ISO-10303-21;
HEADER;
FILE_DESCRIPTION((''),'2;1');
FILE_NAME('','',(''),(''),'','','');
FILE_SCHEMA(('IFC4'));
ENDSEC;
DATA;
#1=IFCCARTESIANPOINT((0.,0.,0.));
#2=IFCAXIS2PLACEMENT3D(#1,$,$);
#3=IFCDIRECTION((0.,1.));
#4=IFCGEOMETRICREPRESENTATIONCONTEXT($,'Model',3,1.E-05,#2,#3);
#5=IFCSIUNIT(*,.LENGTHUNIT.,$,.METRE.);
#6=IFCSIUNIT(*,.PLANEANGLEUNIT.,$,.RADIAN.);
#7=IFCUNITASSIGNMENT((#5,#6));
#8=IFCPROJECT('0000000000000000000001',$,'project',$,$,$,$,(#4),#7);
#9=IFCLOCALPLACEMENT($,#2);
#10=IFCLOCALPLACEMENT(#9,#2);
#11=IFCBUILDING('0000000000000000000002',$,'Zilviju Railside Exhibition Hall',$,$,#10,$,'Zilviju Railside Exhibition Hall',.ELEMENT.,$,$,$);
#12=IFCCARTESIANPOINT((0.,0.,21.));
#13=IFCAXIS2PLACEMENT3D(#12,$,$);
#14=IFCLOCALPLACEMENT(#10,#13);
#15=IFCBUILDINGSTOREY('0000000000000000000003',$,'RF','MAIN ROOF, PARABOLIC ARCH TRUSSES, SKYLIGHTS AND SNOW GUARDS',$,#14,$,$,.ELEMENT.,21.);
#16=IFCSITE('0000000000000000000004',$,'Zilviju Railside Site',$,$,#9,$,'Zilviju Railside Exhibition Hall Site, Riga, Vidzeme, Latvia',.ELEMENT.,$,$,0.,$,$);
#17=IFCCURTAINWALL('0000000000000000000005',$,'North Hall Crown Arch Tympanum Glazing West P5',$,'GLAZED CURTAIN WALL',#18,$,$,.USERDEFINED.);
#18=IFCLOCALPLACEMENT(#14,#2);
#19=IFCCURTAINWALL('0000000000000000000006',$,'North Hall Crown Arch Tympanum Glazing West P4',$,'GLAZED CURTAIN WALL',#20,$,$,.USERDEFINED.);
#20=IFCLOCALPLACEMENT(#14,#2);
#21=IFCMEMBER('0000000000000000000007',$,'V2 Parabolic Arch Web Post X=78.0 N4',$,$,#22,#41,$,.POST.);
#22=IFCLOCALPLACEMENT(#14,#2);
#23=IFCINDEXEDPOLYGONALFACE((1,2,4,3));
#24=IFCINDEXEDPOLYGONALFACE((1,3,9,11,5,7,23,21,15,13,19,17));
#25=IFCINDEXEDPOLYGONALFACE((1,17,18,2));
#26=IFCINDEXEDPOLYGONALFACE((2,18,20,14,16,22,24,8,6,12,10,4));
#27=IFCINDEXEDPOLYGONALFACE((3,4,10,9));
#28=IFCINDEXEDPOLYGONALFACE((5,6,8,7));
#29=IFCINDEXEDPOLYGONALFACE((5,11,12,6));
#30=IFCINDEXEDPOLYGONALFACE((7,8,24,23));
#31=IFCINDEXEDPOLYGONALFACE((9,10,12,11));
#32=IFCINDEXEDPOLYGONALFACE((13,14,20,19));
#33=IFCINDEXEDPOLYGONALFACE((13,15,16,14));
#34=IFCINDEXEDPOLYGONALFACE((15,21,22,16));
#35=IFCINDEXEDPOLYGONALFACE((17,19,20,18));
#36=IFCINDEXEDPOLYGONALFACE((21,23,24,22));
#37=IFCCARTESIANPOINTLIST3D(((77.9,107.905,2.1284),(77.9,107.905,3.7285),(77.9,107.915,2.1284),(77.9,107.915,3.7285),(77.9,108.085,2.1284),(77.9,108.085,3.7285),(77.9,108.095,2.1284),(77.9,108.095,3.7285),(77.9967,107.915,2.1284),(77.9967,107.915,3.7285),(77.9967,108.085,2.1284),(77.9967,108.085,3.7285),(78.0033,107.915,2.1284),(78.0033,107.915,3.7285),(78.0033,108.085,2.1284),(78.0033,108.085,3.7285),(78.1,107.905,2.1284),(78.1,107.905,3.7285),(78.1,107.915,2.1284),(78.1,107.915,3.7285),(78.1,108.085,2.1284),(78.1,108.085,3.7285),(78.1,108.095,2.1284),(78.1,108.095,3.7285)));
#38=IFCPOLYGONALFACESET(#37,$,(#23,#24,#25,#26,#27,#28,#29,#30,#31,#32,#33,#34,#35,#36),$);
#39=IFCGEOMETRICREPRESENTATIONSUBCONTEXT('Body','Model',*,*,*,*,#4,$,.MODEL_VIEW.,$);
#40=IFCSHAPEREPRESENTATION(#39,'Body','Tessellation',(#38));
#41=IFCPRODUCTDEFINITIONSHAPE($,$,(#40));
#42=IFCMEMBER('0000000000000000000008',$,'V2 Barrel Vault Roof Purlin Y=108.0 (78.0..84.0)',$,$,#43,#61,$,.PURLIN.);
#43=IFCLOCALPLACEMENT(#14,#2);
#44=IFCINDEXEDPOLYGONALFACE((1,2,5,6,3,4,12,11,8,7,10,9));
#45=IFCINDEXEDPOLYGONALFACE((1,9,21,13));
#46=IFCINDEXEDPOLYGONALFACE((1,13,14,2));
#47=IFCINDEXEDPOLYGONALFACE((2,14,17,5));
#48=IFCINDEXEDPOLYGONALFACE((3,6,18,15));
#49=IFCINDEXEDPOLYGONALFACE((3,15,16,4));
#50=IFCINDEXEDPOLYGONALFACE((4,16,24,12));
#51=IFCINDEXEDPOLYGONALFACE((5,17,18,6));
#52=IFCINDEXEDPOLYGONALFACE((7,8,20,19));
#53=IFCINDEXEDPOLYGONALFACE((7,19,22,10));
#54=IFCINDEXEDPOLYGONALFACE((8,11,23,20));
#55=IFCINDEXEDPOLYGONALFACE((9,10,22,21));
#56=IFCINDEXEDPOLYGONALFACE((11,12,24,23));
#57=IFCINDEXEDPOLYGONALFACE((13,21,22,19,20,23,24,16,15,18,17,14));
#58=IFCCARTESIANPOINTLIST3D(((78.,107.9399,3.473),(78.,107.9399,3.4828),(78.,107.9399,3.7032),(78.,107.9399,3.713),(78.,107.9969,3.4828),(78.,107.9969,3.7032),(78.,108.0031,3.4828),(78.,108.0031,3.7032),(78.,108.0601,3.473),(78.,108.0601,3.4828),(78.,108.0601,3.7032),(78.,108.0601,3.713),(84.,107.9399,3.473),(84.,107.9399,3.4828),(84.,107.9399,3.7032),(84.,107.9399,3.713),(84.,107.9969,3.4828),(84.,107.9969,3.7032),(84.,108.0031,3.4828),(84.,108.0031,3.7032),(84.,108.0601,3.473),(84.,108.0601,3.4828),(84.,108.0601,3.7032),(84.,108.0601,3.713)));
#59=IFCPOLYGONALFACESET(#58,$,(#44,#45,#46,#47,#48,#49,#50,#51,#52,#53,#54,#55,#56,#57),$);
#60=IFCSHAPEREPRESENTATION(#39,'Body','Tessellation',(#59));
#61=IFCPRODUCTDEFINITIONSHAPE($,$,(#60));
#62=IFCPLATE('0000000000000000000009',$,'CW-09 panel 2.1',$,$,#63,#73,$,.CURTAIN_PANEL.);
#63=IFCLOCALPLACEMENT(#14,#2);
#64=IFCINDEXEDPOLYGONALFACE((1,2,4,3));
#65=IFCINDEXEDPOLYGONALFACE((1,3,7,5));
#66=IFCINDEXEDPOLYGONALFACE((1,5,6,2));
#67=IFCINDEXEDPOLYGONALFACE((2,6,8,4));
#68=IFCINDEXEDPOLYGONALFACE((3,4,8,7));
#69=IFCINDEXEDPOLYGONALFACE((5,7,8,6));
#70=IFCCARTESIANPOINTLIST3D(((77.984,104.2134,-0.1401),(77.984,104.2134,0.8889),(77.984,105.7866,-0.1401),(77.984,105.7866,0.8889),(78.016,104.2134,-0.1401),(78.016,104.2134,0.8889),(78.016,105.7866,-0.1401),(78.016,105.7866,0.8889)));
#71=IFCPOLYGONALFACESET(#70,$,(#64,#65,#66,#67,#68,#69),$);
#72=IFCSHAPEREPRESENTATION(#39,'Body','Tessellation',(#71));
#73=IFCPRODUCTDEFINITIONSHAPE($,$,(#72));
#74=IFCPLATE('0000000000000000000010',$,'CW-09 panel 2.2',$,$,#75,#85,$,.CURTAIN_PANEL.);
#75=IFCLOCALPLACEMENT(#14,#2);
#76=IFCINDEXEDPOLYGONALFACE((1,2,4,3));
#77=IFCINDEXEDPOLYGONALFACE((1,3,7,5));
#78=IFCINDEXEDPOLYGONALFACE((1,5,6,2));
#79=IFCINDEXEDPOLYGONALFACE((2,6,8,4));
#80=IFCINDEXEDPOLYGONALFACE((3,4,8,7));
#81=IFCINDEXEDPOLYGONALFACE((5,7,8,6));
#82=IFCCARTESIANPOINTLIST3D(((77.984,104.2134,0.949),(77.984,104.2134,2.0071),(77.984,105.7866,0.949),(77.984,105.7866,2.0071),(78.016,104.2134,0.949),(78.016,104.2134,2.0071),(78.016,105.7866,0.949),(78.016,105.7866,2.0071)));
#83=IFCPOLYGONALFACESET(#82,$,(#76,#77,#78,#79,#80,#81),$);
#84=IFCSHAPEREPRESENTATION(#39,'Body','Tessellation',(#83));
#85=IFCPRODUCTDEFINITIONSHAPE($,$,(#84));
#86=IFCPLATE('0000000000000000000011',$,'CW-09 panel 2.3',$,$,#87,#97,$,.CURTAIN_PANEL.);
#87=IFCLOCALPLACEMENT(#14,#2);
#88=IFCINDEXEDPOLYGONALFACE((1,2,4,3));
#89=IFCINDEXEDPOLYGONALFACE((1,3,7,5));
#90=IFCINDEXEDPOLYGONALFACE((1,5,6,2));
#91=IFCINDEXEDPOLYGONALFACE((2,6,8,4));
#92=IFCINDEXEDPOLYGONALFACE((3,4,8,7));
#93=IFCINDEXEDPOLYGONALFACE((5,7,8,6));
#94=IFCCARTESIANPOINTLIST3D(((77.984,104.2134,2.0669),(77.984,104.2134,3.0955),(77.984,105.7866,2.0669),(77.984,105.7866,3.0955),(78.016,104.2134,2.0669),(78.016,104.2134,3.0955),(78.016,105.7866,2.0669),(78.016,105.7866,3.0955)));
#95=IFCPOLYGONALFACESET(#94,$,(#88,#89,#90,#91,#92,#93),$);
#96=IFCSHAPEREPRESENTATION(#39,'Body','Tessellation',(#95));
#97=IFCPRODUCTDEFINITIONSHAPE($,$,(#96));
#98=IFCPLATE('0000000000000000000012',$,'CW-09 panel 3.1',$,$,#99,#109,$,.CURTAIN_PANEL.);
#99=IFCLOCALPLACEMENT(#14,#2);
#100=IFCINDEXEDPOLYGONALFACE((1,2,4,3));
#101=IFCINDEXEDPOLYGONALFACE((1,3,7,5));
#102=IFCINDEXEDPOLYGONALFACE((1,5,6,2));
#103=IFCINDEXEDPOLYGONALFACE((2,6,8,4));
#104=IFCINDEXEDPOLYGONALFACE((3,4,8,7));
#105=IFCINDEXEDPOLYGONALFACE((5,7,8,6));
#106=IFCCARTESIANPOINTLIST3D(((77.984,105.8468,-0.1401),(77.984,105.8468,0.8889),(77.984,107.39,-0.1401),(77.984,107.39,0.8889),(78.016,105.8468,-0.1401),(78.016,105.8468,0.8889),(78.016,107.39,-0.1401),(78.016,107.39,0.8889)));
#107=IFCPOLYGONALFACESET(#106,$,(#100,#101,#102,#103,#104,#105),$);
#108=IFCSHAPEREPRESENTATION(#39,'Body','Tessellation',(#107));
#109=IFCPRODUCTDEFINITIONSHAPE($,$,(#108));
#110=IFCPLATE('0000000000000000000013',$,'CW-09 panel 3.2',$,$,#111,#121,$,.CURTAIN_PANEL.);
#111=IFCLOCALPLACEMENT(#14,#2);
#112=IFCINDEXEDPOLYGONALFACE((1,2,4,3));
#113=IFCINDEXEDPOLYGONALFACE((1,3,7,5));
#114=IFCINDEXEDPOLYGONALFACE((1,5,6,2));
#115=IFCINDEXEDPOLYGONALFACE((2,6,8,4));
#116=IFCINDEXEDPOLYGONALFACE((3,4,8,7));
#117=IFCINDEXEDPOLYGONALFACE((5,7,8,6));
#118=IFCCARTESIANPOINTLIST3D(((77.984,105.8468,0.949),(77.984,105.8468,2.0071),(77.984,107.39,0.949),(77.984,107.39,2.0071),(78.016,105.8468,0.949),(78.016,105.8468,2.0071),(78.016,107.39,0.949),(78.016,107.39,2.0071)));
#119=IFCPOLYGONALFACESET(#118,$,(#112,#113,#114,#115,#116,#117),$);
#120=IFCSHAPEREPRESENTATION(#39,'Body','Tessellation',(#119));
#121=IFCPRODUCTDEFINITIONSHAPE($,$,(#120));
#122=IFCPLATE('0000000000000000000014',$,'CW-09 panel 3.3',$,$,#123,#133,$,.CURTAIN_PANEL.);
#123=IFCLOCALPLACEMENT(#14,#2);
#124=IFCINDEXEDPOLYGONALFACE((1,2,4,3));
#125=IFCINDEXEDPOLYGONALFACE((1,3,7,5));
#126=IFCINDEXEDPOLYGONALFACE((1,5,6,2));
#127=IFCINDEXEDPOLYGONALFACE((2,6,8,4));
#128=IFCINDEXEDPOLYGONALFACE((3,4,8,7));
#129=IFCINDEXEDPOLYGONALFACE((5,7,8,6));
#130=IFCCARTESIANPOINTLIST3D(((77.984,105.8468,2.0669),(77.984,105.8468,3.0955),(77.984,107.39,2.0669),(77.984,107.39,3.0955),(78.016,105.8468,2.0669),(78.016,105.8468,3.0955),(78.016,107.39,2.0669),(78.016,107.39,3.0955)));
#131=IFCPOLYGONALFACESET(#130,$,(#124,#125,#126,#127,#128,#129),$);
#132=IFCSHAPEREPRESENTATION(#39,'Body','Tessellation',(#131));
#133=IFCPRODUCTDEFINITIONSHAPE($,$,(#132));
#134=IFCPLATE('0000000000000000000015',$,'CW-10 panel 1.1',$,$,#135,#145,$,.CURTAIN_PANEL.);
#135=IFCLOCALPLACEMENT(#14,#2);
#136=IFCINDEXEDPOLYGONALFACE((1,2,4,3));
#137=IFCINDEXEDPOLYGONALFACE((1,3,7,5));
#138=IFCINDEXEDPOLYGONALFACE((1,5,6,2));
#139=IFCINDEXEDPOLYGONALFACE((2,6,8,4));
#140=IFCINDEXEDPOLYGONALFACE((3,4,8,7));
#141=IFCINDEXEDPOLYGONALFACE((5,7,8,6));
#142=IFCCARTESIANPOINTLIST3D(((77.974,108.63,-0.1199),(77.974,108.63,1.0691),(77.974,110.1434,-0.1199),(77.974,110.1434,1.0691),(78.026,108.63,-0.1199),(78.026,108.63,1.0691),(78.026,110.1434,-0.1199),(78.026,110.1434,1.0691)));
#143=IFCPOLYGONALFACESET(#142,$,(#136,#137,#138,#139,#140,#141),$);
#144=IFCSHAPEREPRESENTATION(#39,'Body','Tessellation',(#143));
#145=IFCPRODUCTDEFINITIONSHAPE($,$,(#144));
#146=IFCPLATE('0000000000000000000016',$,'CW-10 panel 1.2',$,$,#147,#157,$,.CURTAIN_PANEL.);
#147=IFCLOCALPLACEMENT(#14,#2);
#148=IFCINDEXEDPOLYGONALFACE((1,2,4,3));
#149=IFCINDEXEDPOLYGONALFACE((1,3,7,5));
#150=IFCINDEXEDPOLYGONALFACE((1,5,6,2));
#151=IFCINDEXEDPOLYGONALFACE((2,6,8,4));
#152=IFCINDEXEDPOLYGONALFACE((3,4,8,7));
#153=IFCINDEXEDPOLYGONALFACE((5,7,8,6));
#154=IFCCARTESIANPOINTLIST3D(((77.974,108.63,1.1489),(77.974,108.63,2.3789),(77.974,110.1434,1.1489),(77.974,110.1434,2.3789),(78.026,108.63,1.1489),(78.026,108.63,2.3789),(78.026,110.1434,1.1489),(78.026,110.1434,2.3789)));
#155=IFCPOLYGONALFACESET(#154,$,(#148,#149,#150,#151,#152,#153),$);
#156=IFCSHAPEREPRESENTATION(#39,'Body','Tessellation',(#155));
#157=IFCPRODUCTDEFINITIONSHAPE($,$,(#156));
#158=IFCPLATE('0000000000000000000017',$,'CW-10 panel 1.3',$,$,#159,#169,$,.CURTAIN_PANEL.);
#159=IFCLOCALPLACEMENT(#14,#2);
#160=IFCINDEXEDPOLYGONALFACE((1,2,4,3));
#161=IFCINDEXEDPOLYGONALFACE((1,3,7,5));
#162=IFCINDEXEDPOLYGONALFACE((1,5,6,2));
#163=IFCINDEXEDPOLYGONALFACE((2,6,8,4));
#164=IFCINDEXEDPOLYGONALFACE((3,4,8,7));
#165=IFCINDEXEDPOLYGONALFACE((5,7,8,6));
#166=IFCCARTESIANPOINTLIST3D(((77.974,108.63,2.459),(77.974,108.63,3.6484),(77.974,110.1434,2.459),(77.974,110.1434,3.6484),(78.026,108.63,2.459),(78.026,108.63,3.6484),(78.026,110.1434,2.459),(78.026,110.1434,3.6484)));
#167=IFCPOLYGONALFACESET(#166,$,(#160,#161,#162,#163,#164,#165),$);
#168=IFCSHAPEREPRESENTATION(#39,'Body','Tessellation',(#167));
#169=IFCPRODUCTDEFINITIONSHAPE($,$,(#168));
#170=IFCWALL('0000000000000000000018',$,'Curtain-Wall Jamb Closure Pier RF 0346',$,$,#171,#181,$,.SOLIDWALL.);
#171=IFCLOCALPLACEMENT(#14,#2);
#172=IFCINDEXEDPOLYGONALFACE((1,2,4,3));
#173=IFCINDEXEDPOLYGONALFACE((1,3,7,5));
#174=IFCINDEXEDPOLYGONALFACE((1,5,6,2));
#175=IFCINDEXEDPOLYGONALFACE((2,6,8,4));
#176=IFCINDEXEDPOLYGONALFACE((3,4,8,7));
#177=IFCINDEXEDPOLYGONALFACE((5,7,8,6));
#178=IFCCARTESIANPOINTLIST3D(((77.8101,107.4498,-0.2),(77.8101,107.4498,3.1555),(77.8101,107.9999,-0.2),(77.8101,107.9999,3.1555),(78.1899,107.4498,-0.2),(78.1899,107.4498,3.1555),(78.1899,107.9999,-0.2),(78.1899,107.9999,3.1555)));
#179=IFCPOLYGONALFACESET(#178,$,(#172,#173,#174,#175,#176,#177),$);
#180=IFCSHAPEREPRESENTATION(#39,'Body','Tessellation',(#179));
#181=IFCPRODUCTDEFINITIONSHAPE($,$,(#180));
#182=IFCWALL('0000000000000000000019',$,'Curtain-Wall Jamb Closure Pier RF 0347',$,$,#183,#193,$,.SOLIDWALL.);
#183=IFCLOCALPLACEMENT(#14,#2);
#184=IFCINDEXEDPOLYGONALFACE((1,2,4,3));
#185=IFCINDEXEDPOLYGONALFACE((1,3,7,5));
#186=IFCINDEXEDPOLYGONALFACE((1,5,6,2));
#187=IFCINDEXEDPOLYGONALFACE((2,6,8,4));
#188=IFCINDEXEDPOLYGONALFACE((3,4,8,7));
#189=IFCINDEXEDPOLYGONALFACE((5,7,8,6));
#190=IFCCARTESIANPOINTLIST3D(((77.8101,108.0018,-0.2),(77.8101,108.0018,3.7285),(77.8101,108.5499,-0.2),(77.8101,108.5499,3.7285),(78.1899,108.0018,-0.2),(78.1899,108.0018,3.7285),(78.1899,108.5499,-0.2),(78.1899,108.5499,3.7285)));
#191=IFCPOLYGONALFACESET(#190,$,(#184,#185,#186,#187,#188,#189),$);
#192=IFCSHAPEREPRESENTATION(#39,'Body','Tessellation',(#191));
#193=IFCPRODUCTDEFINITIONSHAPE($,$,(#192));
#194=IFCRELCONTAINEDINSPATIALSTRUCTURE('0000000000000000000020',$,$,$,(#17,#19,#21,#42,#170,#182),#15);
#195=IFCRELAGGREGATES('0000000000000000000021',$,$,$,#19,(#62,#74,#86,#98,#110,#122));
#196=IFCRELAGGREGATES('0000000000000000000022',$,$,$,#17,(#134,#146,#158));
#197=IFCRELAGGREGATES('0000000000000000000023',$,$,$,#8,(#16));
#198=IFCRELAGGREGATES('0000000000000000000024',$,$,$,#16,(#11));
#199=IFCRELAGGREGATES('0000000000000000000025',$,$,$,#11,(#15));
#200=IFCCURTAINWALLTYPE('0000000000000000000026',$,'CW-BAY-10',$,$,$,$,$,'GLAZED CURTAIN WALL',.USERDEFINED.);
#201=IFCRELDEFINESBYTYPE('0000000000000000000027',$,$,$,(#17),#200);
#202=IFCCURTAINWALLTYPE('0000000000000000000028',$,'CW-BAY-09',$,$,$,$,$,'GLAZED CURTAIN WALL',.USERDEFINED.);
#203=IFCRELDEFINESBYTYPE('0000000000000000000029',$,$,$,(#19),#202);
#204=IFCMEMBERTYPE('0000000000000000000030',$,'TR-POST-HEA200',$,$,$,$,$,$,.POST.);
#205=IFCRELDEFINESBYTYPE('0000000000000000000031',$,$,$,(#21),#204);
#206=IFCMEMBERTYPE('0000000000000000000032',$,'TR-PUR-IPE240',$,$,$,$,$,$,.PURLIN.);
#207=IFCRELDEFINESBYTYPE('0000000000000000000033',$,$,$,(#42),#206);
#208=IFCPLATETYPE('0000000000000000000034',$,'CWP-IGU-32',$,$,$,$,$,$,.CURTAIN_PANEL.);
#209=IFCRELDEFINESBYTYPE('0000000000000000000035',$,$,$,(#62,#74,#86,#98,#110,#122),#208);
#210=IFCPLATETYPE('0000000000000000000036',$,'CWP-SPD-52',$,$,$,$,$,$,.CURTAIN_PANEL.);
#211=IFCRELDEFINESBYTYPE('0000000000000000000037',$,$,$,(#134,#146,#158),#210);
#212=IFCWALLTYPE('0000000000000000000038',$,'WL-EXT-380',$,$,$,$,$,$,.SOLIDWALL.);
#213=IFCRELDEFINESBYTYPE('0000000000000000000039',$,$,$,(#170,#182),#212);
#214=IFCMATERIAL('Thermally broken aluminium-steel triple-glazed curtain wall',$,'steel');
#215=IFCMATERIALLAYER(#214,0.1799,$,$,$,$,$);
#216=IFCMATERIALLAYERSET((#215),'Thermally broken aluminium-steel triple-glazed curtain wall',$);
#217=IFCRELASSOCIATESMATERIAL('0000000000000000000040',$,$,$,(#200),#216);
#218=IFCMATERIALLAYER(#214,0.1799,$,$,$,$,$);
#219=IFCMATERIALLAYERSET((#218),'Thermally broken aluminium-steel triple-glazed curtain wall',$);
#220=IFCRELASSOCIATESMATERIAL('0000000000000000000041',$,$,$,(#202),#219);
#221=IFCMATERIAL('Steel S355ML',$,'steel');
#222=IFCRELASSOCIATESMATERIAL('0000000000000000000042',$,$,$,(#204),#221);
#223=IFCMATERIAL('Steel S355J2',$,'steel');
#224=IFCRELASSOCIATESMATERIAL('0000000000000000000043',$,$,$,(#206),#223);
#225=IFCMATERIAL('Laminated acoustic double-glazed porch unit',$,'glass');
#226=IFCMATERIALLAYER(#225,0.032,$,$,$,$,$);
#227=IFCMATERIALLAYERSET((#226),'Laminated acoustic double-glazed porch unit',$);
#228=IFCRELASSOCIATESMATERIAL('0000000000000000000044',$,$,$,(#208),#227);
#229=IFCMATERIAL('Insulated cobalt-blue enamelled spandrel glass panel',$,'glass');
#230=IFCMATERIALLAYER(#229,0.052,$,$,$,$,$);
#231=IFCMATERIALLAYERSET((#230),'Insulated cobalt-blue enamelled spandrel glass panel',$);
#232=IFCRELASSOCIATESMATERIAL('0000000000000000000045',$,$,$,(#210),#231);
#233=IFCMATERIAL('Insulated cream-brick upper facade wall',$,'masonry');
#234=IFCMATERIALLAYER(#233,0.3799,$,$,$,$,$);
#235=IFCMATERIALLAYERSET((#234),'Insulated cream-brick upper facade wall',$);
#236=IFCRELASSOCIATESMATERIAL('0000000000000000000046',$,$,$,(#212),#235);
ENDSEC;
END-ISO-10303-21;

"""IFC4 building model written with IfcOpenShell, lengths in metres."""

from ifc_helpers import new_model, si_unit, direction, frame, frame_2d, origin, origin_2d, place, context, subcontext, project, spatial, rectangle, i_section, extrude, material, layer, layer_set, material_profile, profile_set, type_object, element, aggregate, save


model = new_model("IFC4")

# Units and contexts
model_context = context("Model", 3, precision=1e-05, world=origin(), true_north=direction((0.0, 1.0)))
body_context = subcontext(model_context, "Body", "Model", "MODEL_VIEW")
ifc_project = project(units=[si_unit("LENGTHUNIT", "METRE"), si_unit("PLANEANGLEUNIT", "RADIAN")], contexts=[model_context])

# Site, building, storey
site_placement = place(None, origin())
site = spatial("IfcSite", under=ifc_project, at=site_placement, Name="Zilviju Railside Site", LongName="Zilviju Railside Exhibition Hall Site, Riga, Vidzeme, Latvia", CompositionType="ELEMENT", RefElevation=0.0)
building_placement = place(site_placement, origin())
building = spatial("IfcBuilding", under=site, at=building_placement, Name="Zilviju Railside Exhibition Hall", LongName="Zilviju Railside Exhibition Hall", CompositionType="ELEMENT")
storey_placement = place(building_placement, frame((0.0, 0.0, 21.0)))
storey = spatial("IfcBuildingStorey", under=building, at=storey_placement, Name="RF", Description="MAIN ROOF, PARABOLIC ARCH TRUSSES, SKYLIGHTS AND SNOW GUARDS", CompositionType="ELEMENT", Elevation=21.0)

# Curtain wall
ifc_material_1 = material(Name="Thermally broken aluminium-steel triple-glazed curtain wall", Category="steel")
ifc_layer_1 = layer(ifc_material_1, 0.1799)
ifc_layer_set_1 = layer_set([ifc_layer_1], Name="Thermally broken aluminium-steel triple-glazed curtain wall")
curtain_wall_type_1 = type_object("IfcCurtainWallType", Name="CW-BAY-10", ElementType="GLAZED CURTAIN WALL", PredefinedType="USERDEFINED", material=ifc_layer_set_1)
curtain_wall_1_placement = place(storey_placement, origin())
curtain_wall_1 = element("IfcCurtainWall", 1, at=curtain_wall_1_placement, inside=storey, type_object=curtain_wall_type_1, Name="North Hall Crown Arch Tympanum Glazing West P5", ObjectType="GLAZED CURTAIN WALL", PredefinedType="USERDEFINED")

# Curtain wall
ifc_layer_2 = layer(ifc_material_1, 0.1799)
ifc_layer_set_2 = layer_set([ifc_layer_2], Name="Thermally broken aluminium-steel triple-glazed curtain wall")
curtain_wall_type_2 = type_object("IfcCurtainWallType", Name="CW-BAY-09", ElementType="GLAZED CURTAIN WALL", PredefinedType="USERDEFINED", material=ifc_layer_set_2)
curtain_wall_2_placement = place(storey_placement, origin())
curtain_wall_2 = element("IfcCurtainWall", 2, at=curtain_wall_2_placement, inside=storey, type_object=curtain_wall_type_2, Name="North Hall Crown Arch Tympanum Glazing West P4", ObjectType="GLAZED CURTAIN WALL", PredefinedType="USERDEFINED")

# Members
ifc_material_2 = material(Name="Steel S355J2", Category="steel")
ifc_material_3 = material(Name="Steel S355ML", Category="steel")
ifc_material_profile_1 = material_profile(ifc_material_3, i_section(OverallWidth=0.2, OverallDepth=0.1899, WebThickness=0.0066, FlangeThickness=0.01, at=origin_2d()), Name="HEA 200")
ifc_profile_set_1 = profile_set([ifc_material_profile_1], Name="Steel S355ML")
member_type_1 = type_object("IfcMemberType", Name="TR-POST-HEA200", PredefinedType="POST", material=ifc_profile_set_1)
member_1_placement = place(storey_placement, frame((78.0, 108.0, 2.1284), z_axis=(0.0, 0.0, 1.0), x_axis=(1.0, 0.0, 0.0)))
element("IfcMember", 3, at=member_1_placement, inside=storey, type_object=member_type_1, Name="V2 Parabolic Arch Web Post X=78.0 N4", PredefinedType="POST", context=body_context, shape_type="SweptSolid", body=[
    extrude(i_section(OverallWidth=0.2, OverallDepth=0.1899, WebThickness=0.0066, FlangeThickness=0.01, at=origin_2d()), origin(), (0.0, 0.0, 1.0), 1.6001),
])
ifc_material_profile_2 = material_profile(ifc_material_2, i_section(OverallWidth=0.1201, OverallDepth=0.24, WebThickness=0.0061, FlangeThickness=0.0098, at=origin_2d()), Name="IPE 240")
ifc_profile_set_2 = profile_set([ifc_material_profile_2], Name="Steel S355J2")
member_type_2 = type_object("IfcMemberType", Name="TR-PUR-IPE240", PredefinedType="PURLIN", material=ifc_profile_set_2)
member_2_placement = place(storey_placement, frame((78.0, 108.0, 3.593), z_axis=(1.0, 0.0, 0.0), x_axis=(0.0, 1.0, 0.0)))
element("IfcMember", 4, at=member_2_placement, inside=storey, type_object=member_type_2, Name="V2 Barrel Vault Roof Purlin Y=108.0 (78.0..84.0)", PredefinedType="PURLIN", context=body_context, shape_type="SweptSolid", body=[
    extrude(i_section(OverallWidth=0.1201, OverallDepth=0.24, WebThickness=0.0061, FlangeThickness=0.0098, at=origin_2d()), origin(), (0.0, 0.0, 1.0), 6.0),
])

# Plates
ifc_material_4 = material(Name="Laminated acoustic double-glazed porch unit", Category="glass")
ifc_layer_3 = layer(ifc_material_4, 0.032)
ifc_layer_set_3 = layer_set([ifc_layer_3], Name="Laminated acoustic double-glazed porch unit")
plate_type_1 = type_object("IfcPlateType", Name="CWP-IGU-32", PredefinedType="CURTAIN_PANEL", material=ifc_layer_set_3)
plate_1_placement = place(storey_placement, frame((78.0, 105.0, -0.1401), z_axis=(0.0, 0.0, 1.0), x_axis=(0.0, 1.0, 0.0)))
plate_1 = element("IfcPlate", 5, at=plate_1_placement, type_object=plate_type_1, Name="CW-09 panel 2.1", PredefinedType="CURTAIN_PANEL", context=body_context, shape_type="SweptSolid", body=[
    extrude(rectangle(XDim=1.5732, YDim=0.032, at=origin_2d()), origin(), (0.0, 0.0, 1.0), 1.0291),
])
plate_2_placement = place(storey_placement, frame((78.0, 105.0, 0.949), z_axis=(0.0, 0.0, 1.0), x_axis=(0.0, 1.0, 0.0)))
plate_2 = element("IfcPlate", 6, at=plate_2_placement, type_object=plate_type_1, Name="CW-09 panel 2.2", PredefinedType="CURTAIN_PANEL", context=body_context, shape_type="SweptSolid", body=[
    extrude(rectangle(XDim=1.5732, YDim=0.032, at=origin_2d()), origin(), (0.0, 0.0, 1.0), 1.0581),
])
plate_3_placement = place(storey_placement, frame((78.0, 105.0, 2.0669), z_axis=(0.0, 0.0, 1.0), x_axis=(0.0, 1.0, 0.0)))
plate_3 = element("IfcPlate", 7, at=plate_3_placement, type_object=plate_type_1, Name="CW-09 panel 2.3", PredefinedType="CURTAIN_PANEL", context=body_context, shape_type="SweptSolid", body=[
    extrude(rectangle(XDim=1.5732, YDim=0.032, at=origin_2d()), origin(), (0.0, 0.0, 1.0), 1.0286),
])
plate_4_placement = place(storey_placement, frame((78.0, 106.6184, -0.1401), z_axis=(0.0, 0.0, 1.0), x_axis=(0.0, 1.0, 0.0)))
plate_4 = element("IfcPlate", 8, at=plate_4_placement, type_object=plate_type_1, Name="CW-09 panel 3.1", PredefinedType="CURTAIN_PANEL", context=body_context, shape_type="SweptSolid", body=[
    extrude(rectangle(XDim=1.5432, YDim=0.032, at=origin_2d()), origin(), (0.0, 0.0, 1.0), 1.0291),
])
plate_5_placement = place(storey_placement, frame((78.0, 106.6184, 0.949), z_axis=(0.0, 0.0, 1.0), x_axis=(0.0, 1.0, 0.0)))
plate_5 = element("IfcPlate", 9, at=plate_5_placement, type_object=plate_type_1, Name="CW-09 panel 3.2", PredefinedType="CURTAIN_PANEL", context=body_context, shape_type="SweptSolid", body=[
    extrude(rectangle(XDim=1.5432, YDim=0.032, at=origin_2d()), origin(), (0.0, 0.0, 1.0), 1.0581),
])
plate_6_placement = place(storey_placement, frame((78.0, 106.6184, 2.0669), z_axis=(0.0, 0.0, 1.0), x_axis=(0.0, 1.0, 0.0)))
plate_6 = element("IfcPlate", 10, at=plate_6_placement, type_object=plate_type_1, Name="CW-09 panel 3.3", PredefinedType="CURTAIN_PANEL", context=body_context, shape_type="SweptSolid", body=[
    extrude(rectangle(XDim=1.5432, YDim=0.032, at=origin_2d()), origin(), (0.0, 0.0, 1.0), 1.0286),
])
aggregate(curtain_wall_2, [plate_1, plate_2, plate_3, plate_4, plate_5, plate_6])
ifc_material_5 = material(Name="Insulated cobalt-blue enamelled spandrel glass panel", Category="glass")
ifc_layer_4 = layer(ifc_material_5, 0.052)
ifc_layer_set_4 = layer_set([ifc_layer_4], Name="Insulated cobalt-blue enamelled spandrel glass panel")
plate_type_2 = type_object("IfcPlateType", Name="CWP-SPD-52", PredefinedType="CURTAIN_PANEL", material=ifc_layer_set_4)
plate_7_placement = place(storey_placement, frame((78.0, 109.3867, -0.1199), z_axis=(0.0, 0.0, 1.0), x_axis=(0.0, 1.0, 0.0)))
plate_7 = element("IfcPlate", 11, at=plate_7_placement, type_object=plate_type_2, Name="CW-10 panel 1.1", PredefinedType="CURTAIN_PANEL", context=body_context, shape_type="SweptSolid", body=[
    extrude(rectangle(XDim=1.5134, YDim=0.052, at=origin_2d()), origin(), (0.0, 0.0, 1.0), 1.189),
])
plate_8_placement = place(storey_placement, frame((78.0, 109.3867, 1.1489), z_axis=(0.0, 0.0, 1.0), x_axis=(0.0, 1.0, 0.0)))
plate_8 = element("IfcPlate", 12, at=plate_8_placement, type_object=plate_type_2, Name="CW-10 panel 1.2", PredefinedType="CURTAIN_PANEL", context=body_context, shape_type="SweptSolid", body=[
    extrude(rectangle(XDim=1.5134, YDim=0.052, at=origin_2d()), origin(), (0.0, 0.0, 1.0), 1.23),
])
plate_9_placement = place(storey_placement, frame((78.0, 109.3867, 2.459), z_axis=(0.0, 0.0, 1.0), x_axis=(0.0, 1.0, 0.0)))
plate_9 = element("IfcPlate", 13, at=plate_9_placement, type_object=plate_type_2, Name="CW-10 panel 1.3", PredefinedType="CURTAIN_PANEL", context=body_context, shape_type="SweptSolid", body=[
    extrude(rectangle(XDim=1.5134, YDim=0.052, at=origin_2d()), origin(), (0.0, 0.0, 1.0), 1.1895),
])
aggregate(curtain_wall_1, [plate_7, plate_8, plate_9])

# Walls
ifc_material_6 = material(Name="Insulated cream-brick upper facade wall", Category="masonry")
ifc_layer_5 = layer(ifc_material_6, 0.3799)
ifc_layer_set_5 = layer_set([ifc_layer_5], Name="Insulated cream-brick upper facade wall")
wall_type = type_object("IfcWallType", Name="WL-EXT-380", PredefinedType="SOLIDWALL", material=ifc_layer_set_5)
wall_1_placement = place(storey_placement, frame((78.0, 107.45, -0.2), z_axis=(0.0, 0.0, 1.0), x_axis=(0.0, 1.0, 0.0)))
element("IfcWall", 14, at=wall_1_placement, inside=storey, type_object=wall_type, Name="Curtain-Wall Jamb Closure Pier RF 0346", PredefinedType="SOLIDWALL", context=body_context, shape_type="SweptSolid", body=[
    extrude(rectangle(XDim=0.55, YDim=0.3799, at=frame_2d((0.2749, 0.0))), origin(), (0.0, 0.0, 1.0), 3.3555),
])
wall_2_placement = place(storey_placement, frame((78.0, 108.002, -0.2), z_axis=(0.0, 0.0, 1.0), x_axis=(0.0, 1.0, 0.0)))
element("IfcWall", 15, at=wall_2_placement, inside=storey, type_object=wall_type, Name="Curtain-Wall Jamb Closure Pier RF 0347", PredefinedType="SOLIDWALL", context=body_context, shape_type="SweptSolid", body=[
    extrude(rectangle(XDim=0.5481, YDim=0.3799, at=frame_2d((0.2739, 0.0))), origin(), (0.0, 0.0, 1.0), 3.9285),
])

save(model, "model.ifc")
